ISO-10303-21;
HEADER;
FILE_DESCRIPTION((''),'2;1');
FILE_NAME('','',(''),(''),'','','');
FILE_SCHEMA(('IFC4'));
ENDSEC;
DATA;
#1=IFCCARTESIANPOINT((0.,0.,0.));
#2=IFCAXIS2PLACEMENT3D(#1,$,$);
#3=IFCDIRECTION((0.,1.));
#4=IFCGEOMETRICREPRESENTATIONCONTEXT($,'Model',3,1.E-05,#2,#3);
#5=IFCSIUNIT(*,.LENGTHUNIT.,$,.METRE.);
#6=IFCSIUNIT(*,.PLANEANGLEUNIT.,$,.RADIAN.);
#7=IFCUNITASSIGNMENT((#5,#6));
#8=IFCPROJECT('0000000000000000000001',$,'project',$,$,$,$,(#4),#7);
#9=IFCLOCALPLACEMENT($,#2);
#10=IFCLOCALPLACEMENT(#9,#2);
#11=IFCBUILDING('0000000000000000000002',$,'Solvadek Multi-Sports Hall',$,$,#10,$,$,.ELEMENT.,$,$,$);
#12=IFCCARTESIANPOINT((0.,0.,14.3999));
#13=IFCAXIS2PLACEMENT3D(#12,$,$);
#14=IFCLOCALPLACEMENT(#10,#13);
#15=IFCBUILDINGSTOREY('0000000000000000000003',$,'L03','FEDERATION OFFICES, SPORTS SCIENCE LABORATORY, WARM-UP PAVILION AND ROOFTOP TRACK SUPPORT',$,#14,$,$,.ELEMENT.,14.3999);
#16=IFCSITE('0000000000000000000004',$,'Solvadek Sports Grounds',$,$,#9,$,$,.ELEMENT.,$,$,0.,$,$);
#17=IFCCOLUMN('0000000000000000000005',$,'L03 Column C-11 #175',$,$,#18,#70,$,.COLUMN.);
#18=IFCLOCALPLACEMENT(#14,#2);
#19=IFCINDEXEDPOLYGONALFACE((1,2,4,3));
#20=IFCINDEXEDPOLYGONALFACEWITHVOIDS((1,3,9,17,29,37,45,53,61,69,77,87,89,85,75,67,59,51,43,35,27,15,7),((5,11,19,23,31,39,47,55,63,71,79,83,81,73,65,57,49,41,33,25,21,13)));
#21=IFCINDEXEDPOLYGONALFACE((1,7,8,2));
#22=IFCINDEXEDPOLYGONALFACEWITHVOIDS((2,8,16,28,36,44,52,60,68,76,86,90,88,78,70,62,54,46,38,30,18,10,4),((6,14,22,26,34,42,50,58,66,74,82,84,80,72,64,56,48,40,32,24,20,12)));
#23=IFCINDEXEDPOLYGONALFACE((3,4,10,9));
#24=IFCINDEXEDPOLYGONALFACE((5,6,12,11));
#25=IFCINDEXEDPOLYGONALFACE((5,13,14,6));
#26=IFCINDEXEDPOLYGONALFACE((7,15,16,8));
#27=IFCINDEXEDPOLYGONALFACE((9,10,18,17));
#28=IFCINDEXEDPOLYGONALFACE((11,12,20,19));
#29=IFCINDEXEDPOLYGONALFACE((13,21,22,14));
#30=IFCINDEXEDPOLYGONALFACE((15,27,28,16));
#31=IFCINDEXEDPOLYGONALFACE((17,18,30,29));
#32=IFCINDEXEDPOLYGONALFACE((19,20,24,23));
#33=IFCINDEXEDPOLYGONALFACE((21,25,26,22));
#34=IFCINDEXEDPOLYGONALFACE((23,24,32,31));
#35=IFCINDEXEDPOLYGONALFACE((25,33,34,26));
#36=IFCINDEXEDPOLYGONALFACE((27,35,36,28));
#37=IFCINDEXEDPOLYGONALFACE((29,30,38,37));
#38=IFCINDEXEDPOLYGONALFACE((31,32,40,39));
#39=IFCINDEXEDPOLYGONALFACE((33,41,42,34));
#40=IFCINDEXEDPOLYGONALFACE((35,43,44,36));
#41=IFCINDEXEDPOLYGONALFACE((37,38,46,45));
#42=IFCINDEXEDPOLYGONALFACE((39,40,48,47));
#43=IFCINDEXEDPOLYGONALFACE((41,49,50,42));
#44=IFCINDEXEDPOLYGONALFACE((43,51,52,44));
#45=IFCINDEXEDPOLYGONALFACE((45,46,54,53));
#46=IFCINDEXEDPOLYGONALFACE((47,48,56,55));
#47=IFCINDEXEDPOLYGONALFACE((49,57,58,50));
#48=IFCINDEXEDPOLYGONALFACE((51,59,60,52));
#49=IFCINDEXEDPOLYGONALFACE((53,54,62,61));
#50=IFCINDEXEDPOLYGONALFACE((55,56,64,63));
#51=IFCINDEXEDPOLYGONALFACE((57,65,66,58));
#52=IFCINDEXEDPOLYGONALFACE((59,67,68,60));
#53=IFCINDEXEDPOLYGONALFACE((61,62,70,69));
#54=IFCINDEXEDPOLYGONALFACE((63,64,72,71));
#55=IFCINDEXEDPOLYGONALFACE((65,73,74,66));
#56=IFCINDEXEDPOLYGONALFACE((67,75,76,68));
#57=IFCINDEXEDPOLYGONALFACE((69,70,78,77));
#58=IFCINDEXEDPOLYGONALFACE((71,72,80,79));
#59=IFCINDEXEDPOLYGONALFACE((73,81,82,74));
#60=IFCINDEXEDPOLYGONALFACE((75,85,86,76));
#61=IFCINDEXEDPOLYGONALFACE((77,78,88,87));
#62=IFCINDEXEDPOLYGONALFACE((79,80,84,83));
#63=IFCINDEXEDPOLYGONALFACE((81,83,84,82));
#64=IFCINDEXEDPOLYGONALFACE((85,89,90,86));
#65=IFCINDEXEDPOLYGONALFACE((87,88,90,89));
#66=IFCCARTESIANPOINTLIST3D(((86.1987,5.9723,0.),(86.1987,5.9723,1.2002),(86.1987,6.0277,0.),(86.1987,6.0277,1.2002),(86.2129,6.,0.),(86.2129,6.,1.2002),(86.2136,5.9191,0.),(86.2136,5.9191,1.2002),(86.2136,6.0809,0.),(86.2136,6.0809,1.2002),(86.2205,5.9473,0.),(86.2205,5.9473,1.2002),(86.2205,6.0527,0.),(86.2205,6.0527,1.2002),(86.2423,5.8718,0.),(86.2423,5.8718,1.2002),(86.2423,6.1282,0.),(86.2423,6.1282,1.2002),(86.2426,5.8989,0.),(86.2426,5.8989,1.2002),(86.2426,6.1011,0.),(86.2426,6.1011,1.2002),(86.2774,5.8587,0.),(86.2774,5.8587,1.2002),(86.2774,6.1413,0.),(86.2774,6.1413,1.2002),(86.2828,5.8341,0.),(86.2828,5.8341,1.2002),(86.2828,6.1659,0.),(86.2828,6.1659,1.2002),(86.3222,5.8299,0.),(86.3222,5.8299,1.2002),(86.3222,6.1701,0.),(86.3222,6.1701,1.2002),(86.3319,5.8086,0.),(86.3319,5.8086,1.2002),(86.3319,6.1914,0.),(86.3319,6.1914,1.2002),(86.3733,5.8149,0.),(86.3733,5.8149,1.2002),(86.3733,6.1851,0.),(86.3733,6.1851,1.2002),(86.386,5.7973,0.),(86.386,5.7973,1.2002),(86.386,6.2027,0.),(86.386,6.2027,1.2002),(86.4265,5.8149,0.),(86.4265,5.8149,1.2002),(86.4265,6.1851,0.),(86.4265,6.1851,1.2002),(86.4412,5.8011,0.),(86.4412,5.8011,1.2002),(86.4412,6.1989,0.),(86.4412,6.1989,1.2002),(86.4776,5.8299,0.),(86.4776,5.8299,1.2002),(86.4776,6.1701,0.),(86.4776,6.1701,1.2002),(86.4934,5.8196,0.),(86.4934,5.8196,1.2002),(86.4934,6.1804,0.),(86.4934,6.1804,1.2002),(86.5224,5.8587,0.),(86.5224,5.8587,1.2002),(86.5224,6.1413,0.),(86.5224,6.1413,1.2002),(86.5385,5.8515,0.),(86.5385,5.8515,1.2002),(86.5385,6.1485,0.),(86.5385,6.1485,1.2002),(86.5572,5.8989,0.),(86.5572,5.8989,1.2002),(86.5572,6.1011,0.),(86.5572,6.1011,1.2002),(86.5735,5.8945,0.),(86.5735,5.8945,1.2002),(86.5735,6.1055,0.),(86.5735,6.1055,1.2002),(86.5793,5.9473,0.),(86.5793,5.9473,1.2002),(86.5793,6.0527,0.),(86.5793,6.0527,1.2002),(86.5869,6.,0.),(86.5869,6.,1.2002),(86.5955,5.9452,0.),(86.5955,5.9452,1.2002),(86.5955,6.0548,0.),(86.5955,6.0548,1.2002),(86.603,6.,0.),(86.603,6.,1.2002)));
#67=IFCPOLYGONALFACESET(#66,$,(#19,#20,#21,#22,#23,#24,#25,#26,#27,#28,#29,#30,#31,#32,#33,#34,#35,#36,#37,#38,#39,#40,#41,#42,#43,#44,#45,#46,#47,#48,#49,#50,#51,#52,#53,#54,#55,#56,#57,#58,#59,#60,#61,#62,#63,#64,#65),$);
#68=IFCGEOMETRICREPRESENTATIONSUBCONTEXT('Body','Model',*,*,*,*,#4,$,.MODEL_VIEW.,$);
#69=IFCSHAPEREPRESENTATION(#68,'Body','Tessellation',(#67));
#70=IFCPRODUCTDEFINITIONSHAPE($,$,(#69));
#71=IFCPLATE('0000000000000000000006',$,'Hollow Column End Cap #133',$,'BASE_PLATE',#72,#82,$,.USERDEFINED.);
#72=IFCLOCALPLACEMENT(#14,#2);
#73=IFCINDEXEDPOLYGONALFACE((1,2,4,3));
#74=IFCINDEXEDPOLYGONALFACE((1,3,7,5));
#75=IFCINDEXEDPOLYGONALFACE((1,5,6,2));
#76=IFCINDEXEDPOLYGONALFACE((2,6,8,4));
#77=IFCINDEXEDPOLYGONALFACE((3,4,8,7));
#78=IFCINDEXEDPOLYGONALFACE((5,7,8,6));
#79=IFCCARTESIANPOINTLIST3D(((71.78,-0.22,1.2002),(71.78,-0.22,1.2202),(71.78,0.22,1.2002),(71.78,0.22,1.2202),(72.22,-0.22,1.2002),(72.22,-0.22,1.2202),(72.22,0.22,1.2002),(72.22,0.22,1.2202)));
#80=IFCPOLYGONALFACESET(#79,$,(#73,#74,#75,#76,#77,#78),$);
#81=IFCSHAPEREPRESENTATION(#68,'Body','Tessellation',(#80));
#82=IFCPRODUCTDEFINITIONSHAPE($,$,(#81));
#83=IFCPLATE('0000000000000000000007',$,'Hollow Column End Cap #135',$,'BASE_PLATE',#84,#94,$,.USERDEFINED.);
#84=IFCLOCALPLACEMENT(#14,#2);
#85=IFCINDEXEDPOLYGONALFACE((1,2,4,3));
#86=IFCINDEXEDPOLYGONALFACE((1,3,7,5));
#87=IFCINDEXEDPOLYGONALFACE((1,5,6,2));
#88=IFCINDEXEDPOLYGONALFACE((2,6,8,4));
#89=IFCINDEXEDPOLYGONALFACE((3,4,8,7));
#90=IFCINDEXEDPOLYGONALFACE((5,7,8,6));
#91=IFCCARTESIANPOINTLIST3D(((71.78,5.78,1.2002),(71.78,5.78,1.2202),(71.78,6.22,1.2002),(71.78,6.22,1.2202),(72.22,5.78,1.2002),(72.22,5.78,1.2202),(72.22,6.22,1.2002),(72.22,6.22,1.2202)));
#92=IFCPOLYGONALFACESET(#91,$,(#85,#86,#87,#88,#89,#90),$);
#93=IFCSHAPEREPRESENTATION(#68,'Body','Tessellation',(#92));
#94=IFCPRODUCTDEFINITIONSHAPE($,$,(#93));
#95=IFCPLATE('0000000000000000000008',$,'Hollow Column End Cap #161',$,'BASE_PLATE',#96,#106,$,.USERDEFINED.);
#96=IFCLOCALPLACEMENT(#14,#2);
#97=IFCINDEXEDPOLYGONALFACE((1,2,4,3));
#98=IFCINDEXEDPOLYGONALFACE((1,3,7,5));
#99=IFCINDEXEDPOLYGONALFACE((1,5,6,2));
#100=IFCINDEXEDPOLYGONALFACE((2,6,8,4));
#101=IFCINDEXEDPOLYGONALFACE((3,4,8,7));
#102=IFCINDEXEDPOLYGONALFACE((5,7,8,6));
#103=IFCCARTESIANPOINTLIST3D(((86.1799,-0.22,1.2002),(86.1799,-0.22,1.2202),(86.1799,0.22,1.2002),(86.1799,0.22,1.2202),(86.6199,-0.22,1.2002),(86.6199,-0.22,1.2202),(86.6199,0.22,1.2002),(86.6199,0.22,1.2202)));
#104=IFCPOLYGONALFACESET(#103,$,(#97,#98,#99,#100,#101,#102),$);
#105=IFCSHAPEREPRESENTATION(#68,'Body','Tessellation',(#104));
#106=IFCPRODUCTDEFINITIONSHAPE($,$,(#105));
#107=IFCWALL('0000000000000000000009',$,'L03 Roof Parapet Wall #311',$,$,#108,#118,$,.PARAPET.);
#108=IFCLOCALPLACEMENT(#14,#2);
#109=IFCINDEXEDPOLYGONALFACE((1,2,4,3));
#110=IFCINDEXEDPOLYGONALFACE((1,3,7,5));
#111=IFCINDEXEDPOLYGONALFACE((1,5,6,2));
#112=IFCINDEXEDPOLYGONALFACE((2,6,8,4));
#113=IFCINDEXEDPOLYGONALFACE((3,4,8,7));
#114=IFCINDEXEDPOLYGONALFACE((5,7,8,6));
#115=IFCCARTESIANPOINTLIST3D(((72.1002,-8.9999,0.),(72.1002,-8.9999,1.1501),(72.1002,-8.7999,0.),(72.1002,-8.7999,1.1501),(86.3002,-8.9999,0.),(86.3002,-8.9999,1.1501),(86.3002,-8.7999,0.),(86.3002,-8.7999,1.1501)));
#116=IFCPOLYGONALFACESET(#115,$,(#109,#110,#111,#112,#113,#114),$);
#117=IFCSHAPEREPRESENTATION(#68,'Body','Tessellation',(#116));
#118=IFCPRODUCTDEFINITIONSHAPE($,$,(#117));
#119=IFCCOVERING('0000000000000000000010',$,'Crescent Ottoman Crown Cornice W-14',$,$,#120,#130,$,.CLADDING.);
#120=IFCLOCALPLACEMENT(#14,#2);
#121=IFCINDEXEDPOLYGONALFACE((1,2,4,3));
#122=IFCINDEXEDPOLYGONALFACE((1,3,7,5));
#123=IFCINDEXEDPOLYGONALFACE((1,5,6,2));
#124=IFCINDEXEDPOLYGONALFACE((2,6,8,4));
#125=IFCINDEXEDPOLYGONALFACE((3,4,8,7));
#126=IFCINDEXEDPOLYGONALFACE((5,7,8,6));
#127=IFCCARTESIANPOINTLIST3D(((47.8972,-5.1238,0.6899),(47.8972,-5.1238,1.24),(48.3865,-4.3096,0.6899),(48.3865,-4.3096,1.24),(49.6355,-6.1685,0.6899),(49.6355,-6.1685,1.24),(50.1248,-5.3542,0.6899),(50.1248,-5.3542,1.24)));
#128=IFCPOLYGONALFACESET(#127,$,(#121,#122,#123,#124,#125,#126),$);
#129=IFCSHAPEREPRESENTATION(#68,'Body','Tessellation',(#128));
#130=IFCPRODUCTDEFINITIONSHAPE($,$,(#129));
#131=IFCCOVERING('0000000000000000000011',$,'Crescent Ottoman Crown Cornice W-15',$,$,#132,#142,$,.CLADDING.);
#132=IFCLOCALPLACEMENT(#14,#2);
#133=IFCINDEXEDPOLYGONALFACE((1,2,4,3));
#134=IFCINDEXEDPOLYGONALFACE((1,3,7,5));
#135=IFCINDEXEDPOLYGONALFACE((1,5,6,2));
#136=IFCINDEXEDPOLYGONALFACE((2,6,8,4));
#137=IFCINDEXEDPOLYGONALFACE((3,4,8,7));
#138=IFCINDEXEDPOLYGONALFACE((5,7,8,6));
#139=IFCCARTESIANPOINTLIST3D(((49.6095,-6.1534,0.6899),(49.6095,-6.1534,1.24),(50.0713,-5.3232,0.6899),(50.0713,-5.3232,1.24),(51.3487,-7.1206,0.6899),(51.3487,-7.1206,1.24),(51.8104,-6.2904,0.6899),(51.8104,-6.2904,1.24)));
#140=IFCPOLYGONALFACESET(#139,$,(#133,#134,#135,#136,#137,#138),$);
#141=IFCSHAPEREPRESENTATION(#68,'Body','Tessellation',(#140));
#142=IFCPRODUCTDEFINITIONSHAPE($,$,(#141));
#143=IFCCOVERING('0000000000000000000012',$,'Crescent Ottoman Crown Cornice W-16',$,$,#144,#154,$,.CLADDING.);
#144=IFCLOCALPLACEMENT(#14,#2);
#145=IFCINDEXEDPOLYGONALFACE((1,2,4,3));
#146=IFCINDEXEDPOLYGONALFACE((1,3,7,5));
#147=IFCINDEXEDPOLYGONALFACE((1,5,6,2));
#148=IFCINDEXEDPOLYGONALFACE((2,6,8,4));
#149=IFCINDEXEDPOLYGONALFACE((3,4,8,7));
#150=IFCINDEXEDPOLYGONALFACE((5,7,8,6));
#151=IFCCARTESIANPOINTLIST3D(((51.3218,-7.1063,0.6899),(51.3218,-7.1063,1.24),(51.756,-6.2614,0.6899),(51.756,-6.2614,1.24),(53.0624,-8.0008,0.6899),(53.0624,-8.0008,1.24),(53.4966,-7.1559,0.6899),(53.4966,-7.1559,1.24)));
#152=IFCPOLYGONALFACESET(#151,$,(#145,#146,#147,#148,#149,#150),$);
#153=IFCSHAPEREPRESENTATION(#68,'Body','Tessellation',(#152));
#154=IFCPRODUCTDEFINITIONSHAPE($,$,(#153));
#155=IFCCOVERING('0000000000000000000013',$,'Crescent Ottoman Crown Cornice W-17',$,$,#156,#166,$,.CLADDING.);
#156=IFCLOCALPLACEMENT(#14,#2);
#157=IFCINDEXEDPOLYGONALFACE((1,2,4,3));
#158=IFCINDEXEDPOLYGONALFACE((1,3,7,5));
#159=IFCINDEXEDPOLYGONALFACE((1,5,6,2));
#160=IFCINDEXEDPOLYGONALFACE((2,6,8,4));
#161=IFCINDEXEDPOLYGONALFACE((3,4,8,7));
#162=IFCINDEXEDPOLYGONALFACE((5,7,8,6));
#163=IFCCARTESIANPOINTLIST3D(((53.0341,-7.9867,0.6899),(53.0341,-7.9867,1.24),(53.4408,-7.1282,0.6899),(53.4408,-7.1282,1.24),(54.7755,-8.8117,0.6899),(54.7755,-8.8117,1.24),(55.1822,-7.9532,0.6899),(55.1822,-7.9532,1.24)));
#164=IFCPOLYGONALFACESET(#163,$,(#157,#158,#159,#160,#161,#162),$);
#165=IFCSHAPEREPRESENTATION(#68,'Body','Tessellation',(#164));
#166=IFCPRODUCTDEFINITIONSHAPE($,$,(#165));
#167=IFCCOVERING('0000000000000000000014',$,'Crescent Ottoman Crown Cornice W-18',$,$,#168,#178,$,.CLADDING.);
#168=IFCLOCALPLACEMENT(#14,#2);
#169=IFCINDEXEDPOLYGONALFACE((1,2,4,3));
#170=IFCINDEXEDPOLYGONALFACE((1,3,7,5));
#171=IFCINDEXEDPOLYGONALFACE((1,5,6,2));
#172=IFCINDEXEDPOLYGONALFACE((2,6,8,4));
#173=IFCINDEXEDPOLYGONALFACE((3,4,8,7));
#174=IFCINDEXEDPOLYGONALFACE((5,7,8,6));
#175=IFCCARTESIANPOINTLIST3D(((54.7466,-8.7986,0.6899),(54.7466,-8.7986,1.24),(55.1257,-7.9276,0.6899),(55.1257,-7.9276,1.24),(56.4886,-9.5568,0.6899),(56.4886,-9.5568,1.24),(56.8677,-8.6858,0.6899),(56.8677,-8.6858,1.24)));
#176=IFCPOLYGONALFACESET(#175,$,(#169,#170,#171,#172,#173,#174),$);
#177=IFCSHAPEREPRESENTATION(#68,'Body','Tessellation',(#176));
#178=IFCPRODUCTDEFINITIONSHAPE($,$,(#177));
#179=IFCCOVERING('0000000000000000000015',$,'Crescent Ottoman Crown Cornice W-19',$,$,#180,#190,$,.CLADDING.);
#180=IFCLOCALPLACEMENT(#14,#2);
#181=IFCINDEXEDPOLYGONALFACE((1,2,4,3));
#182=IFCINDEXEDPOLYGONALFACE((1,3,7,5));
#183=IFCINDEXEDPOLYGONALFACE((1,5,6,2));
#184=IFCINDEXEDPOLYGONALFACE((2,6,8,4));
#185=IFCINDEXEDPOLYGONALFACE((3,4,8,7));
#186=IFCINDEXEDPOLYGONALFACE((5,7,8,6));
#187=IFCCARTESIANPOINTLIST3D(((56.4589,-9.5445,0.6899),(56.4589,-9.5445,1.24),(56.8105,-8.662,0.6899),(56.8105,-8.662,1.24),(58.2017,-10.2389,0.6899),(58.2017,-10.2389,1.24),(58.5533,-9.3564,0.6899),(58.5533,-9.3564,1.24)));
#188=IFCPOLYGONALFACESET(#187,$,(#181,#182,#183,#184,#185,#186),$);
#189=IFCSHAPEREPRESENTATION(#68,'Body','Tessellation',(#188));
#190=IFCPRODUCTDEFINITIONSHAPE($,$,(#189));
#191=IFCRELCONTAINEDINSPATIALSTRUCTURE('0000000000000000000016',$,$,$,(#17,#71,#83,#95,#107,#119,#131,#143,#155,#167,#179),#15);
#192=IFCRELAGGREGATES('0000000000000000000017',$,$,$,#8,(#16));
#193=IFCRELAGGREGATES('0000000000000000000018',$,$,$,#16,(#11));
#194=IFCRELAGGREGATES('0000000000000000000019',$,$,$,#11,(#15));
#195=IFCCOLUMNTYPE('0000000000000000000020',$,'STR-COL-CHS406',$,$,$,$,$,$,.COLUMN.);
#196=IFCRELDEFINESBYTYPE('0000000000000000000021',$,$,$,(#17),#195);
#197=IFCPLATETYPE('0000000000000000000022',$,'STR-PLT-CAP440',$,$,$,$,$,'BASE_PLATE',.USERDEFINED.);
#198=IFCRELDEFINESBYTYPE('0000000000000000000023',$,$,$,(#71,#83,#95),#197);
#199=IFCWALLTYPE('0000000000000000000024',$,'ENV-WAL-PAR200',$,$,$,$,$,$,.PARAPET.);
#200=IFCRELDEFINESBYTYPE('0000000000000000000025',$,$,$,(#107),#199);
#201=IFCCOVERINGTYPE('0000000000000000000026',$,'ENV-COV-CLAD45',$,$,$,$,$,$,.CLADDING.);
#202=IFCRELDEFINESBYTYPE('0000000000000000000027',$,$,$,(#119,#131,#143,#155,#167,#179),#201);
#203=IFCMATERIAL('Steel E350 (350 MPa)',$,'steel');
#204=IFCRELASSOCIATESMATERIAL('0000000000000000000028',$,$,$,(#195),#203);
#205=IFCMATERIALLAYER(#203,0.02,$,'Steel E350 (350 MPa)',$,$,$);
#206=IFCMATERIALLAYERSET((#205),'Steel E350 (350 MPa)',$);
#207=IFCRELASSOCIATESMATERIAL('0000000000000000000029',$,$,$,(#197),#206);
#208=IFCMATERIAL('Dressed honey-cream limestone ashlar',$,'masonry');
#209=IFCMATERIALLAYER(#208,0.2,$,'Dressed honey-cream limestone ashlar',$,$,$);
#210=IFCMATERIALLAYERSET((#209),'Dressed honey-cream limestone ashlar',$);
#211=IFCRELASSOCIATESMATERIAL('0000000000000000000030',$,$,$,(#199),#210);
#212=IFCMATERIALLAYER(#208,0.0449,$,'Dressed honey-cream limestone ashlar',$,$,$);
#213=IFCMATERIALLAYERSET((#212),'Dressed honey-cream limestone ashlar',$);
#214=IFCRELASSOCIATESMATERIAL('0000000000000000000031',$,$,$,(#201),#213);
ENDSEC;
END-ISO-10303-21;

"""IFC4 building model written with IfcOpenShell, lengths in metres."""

from ifc_helpers import new_model, si_unit, direction, frame, frame_2d, origin, origin_2d, place, context, subcontext, project, spatial, rectangle, hollow_circle, extrude, material, layer, layer_set, material_profile, profile_set, type_object, element, save


model = new_model("IFC4")

# Units and contexts
model_context = context("Model", 3, precision=1e-05, world=origin(), true_north=direction((0.0, 1.0)))
body_context = subcontext(model_context, "Body", "Model", "MODEL_VIEW")
ifc_project = project(units=[si_unit("LENGTHUNIT", "METRE"), si_unit("PLANEANGLEUNIT", "RADIAN")], contexts=[model_context])

# Site, building, storey
site_placement = place(None, origin())
site = spatial("IfcSite", under=ifc_project, at=site_placement, Name="Solvadek Sports Grounds", CompositionType="ELEMENT", RefElevation=0.0)
building_placement = place(site_placement, origin())
building = spatial("IfcBuilding", under=site, at=building_placement, Name="Solvadek Multi-Sports Hall", CompositionType="ELEMENT")
storey_placement = place(building_placement, frame((0.0, 0.0, 14.3999)))
storey = spatial("IfcBuildingStorey", under=building, at=storey_placement, Name="L03", Description="FEDERATION OFFICES, SPORTS SCIENCE LABORATORY, WARM-UP PAVILION AND ROOFTOP TRACK SUPPORT", CompositionType="ELEMENT", Elevation=14.3999)

# Column
ifc_material_1 = material(Name="Steel E350 (350 MPa)", Category="steel")
ifc_material_profile = material_profile(ifc_material_1, hollow_circle(Radius=0.2031, WallThickness=0.0161, at=origin_2d()), Name="CHS 406.4x16")
ifc_profile_set = profile_set([ifc_material_profile], Name="Steel E350 (350 MPa)")
column_type = type_object("IfcColumnType", Name="STR-COL-CHS406", PredefinedType="COLUMN", material=ifc_profile_set)
for number, where, z_axis, x_axis, name in (
    (1, (86.3999, 6.0, 0.0), (0.0, 0.0, 1.0), (1.0, 0.0, 0.0), "L03 Column C-11 #175"),
):
    element("IfcColumn", number, at=place(storey_placement, frame(where, z_axis=z_axis, x_axis=x_axis)), inside=storey, type_object=column_type, Name=name, PredefinedType="COLUMN", context=body_context, shape_type="SweptSolid", body=[
        extrude(hollow_circle(Radius=0.2031, WallThickness=0.0161, at=origin_2d()), origin(), (0.0, 0.0, 1.0), 1.2002),
    ])

# Plates
ifc_layer_1 = layer(ifc_material_1, 0.02, Name="Steel E350 (350 MPa)")
ifc_layer_set_1 = layer_set([ifc_layer_1], Name="Steel E350 (350 MPa)")
plate_type = type_object("IfcPlateType", Name="STR-PLT-CAP440", ElementType="BASE_PLATE", PredefinedType="USERDEFINED", material=ifc_layer_set_1)
for number, where, z_axis, x_axis, name in (
    (2, (72.0, 0.0, 1.2002), (0.0, 0.0, 1.0), (1.0, 0.0, 0.0), "Hollow Column End Cap #133"),
    (3, (72.0, 6.0, 1.2002), (0.0, 0.0, 1.0), (1.0, 0.0, 0.0), "Hollow Column End Cap #135"),
    (4, (86.3999, 0.0, 1.2002), (0.0, 0.0, 1.0), (1.0, 0.0, 0.0), "Hollow Column End Cap #161"),
):
    element("IfcPlate", number, at=place(storey_placement, frame(where, z_axis=z_axis, x_axis=x_axis)), inside=storey, type_object=plate_type, Name=name, ObjectType="BASE_PLATE", PredefinedType="USERDEFINED", context=body_context, shape_type="SweptSolid", body=[
        extrude(rectangle(XDim=0.4399, YDim=0.4399, at=origin_2d()), origin(), (0.0, 0.0, 1.0), 0.02),
    ])

# Wall
ifc_material_2 = material(Name="Dressed honey-cream limestone ashlar", Category="masonry")
ifc_layer_2 = layer(ifc_material_2, 0.2, Name="Dressed honey-cream limestone ashlar")
ifc_layer_set_2 = layer_set([ifc_layer_2], Name="Dressed honey-cream limestone ashlar")
wall_type = type_object("IfcWallType", Name="ENV-WAL-PAR200", PredefinedType="PARAPET", material=ifc_layer_set_2)
wall_placement = place(storey_placement, frame((72.1001, -8.8999, 0.0), z_axis=(0.0, 0.0, 1.0), x_axis=(1.0, 0.0, 0.0)))
element("IfcWall", 5, at=wall_placement, inside=storey, type_object=wall_type, Name="L03 Roof Parapet Wall #311", PredefinedType="PARAPET", context=body_context, shape_type="SweptSolid", body=[
    extrude(rectangle(XDim=14.2, YDim=0.2, at=frame_2d((7.1001, 0.0))), origin(), (0.0, 0.0, 1.0), 1.1501),
])

# Coverings
ifc_layer_3 = layer(ifc_material_2, 0.0449, Name="Dressed honey-cream limestone ashlar")
ifc_layer_set_3 = layer_set([ifc_layer_3], Name="Dressed honey-cream limestone ashlar")
covering_type = type_object("IfcCoveringType", Name="ENV-COV-CLAD45", PredefinedType="CLADDING", material=ifc_layer_set_3)
covering_1_placement = place(storey_placement, frame((49.011, -5.239, 0.6899), z_axis=(0.0, 0.0, 1.0), x_axis=(0.85713, -0.515101, 0.0)))
element("IfcCovering", 6, at=covering_1_placement, inside=storey, type_object=covering_type, Name="Crescent Ottoman Crown Cornice W-14", PredefinedType="CLADDING", context=body_context, shape_type="SweptSolid", body=[
    extrude(rectangle(XDim=2.0281, YDim=0.95, at=origin_2d()), origin(), (0.0, 0.0, 1.0), 0.55),
])
covering_2_placement = place(storey_placement, frame((50.71, -6.2219, 0.6899), z_axis=(0.0, 0.0, 1.0), x_axis=(0.87393, -0.486052, 0.0)))
element("IfcCovering", 7, at=covering_2_placement, inside=storey, type_object=covering_type, Name="Crescent Ottoman Crown Cornice W-15", PredefinedType="CLADDING", context=body_context, shape_type="SweptSolid", body=[
    extrude(rectangle(XDim=1.99, YDim=0.95, at=origin_2d()), origin(), (0.0, 0.0, 1.0), 0.55),
])
covering_3_placement = place(storey_placement, frame((52.4092, -7.1311, 0.6899), z_axis=(0.0, 0.0, 1.0), x_axis=(0.889427, -0.457078, 0.0)))
element("IfcCovering", 8, at=covering_3_placement, inside=storey, type_object=covering_type, Name="Crescent Ottoman Crown Cornice W-16", PredefinedType="CLADDING", context=body_context, shape_type="SweptSolid", body=[
    extrude(rectangle(XDim=1.957, YDim=0.95, at=origin_2d()), origin(), (0.0, 0.0, 1.0), 0.55),
])
covering_4_placement = place(storey_placement, frame((54.1082, -7.97, 0.6899), z_axis=(0.0, 0.0, 1.0), x_axis=(0.903719, -0.428125, 0.0)))
element("IfcCovering", 9, at=covering_4_placement, inside=storey, type_object=covering_type, Name="Crescent Ottoman Crown Cornice W-17", PredefinedType="CLADDING", context=body_context, shape_type="SweptSolid", body=[
    extrude(rectangle(XDim=1.927, YDim=0.95, at=origin_2d()), origin(), (0.0, 0.0, 1.0), 0.55),
])
covering_5_placement = place(storey_placement, frame((55.8071, -8.7422, 0.6899), z_axis=(0.0, 0.0, 1.0), x_axis=(0.916918, -0.399076, 0.0)))
element("IfcCovering", 10, at=covering_5_placement, inside=storey, type_object=covering_type, Name="Crescent Ottoman Crown Cornice W-18", PredefinedType="CLADDING", context=body_context, shape_type="SweptSolid", body=[
    extrude(rectangle(XDim=1.8999, YDim=0.95, at=origin_2d()), origin(), (0.0, 0.0, 1.0), 0.55),
])
covering_6_placement = place(storey_placement, frame((57.5061, -9.4504, 0.6899), z_axis=(0.0, 0.0, 1.0), x_axis=(0.928981, -0.370128, 0.0)))
element("IfcCovering", 11, at=covering_6_placement, inside=storey, type_object=covering_type, Name="Crescent Ottoman Crown Cornice W-19", PredefinedType="CLADDING", context=body_context, shape_type="SweptSolid", body=[
    extrude(rectangle(XDim=1.876, YDim=0.95, at=origin_2d()), origin(), (0.0, 0.0, 1.0), 0.55),
])

save(model, "model.ifc")
